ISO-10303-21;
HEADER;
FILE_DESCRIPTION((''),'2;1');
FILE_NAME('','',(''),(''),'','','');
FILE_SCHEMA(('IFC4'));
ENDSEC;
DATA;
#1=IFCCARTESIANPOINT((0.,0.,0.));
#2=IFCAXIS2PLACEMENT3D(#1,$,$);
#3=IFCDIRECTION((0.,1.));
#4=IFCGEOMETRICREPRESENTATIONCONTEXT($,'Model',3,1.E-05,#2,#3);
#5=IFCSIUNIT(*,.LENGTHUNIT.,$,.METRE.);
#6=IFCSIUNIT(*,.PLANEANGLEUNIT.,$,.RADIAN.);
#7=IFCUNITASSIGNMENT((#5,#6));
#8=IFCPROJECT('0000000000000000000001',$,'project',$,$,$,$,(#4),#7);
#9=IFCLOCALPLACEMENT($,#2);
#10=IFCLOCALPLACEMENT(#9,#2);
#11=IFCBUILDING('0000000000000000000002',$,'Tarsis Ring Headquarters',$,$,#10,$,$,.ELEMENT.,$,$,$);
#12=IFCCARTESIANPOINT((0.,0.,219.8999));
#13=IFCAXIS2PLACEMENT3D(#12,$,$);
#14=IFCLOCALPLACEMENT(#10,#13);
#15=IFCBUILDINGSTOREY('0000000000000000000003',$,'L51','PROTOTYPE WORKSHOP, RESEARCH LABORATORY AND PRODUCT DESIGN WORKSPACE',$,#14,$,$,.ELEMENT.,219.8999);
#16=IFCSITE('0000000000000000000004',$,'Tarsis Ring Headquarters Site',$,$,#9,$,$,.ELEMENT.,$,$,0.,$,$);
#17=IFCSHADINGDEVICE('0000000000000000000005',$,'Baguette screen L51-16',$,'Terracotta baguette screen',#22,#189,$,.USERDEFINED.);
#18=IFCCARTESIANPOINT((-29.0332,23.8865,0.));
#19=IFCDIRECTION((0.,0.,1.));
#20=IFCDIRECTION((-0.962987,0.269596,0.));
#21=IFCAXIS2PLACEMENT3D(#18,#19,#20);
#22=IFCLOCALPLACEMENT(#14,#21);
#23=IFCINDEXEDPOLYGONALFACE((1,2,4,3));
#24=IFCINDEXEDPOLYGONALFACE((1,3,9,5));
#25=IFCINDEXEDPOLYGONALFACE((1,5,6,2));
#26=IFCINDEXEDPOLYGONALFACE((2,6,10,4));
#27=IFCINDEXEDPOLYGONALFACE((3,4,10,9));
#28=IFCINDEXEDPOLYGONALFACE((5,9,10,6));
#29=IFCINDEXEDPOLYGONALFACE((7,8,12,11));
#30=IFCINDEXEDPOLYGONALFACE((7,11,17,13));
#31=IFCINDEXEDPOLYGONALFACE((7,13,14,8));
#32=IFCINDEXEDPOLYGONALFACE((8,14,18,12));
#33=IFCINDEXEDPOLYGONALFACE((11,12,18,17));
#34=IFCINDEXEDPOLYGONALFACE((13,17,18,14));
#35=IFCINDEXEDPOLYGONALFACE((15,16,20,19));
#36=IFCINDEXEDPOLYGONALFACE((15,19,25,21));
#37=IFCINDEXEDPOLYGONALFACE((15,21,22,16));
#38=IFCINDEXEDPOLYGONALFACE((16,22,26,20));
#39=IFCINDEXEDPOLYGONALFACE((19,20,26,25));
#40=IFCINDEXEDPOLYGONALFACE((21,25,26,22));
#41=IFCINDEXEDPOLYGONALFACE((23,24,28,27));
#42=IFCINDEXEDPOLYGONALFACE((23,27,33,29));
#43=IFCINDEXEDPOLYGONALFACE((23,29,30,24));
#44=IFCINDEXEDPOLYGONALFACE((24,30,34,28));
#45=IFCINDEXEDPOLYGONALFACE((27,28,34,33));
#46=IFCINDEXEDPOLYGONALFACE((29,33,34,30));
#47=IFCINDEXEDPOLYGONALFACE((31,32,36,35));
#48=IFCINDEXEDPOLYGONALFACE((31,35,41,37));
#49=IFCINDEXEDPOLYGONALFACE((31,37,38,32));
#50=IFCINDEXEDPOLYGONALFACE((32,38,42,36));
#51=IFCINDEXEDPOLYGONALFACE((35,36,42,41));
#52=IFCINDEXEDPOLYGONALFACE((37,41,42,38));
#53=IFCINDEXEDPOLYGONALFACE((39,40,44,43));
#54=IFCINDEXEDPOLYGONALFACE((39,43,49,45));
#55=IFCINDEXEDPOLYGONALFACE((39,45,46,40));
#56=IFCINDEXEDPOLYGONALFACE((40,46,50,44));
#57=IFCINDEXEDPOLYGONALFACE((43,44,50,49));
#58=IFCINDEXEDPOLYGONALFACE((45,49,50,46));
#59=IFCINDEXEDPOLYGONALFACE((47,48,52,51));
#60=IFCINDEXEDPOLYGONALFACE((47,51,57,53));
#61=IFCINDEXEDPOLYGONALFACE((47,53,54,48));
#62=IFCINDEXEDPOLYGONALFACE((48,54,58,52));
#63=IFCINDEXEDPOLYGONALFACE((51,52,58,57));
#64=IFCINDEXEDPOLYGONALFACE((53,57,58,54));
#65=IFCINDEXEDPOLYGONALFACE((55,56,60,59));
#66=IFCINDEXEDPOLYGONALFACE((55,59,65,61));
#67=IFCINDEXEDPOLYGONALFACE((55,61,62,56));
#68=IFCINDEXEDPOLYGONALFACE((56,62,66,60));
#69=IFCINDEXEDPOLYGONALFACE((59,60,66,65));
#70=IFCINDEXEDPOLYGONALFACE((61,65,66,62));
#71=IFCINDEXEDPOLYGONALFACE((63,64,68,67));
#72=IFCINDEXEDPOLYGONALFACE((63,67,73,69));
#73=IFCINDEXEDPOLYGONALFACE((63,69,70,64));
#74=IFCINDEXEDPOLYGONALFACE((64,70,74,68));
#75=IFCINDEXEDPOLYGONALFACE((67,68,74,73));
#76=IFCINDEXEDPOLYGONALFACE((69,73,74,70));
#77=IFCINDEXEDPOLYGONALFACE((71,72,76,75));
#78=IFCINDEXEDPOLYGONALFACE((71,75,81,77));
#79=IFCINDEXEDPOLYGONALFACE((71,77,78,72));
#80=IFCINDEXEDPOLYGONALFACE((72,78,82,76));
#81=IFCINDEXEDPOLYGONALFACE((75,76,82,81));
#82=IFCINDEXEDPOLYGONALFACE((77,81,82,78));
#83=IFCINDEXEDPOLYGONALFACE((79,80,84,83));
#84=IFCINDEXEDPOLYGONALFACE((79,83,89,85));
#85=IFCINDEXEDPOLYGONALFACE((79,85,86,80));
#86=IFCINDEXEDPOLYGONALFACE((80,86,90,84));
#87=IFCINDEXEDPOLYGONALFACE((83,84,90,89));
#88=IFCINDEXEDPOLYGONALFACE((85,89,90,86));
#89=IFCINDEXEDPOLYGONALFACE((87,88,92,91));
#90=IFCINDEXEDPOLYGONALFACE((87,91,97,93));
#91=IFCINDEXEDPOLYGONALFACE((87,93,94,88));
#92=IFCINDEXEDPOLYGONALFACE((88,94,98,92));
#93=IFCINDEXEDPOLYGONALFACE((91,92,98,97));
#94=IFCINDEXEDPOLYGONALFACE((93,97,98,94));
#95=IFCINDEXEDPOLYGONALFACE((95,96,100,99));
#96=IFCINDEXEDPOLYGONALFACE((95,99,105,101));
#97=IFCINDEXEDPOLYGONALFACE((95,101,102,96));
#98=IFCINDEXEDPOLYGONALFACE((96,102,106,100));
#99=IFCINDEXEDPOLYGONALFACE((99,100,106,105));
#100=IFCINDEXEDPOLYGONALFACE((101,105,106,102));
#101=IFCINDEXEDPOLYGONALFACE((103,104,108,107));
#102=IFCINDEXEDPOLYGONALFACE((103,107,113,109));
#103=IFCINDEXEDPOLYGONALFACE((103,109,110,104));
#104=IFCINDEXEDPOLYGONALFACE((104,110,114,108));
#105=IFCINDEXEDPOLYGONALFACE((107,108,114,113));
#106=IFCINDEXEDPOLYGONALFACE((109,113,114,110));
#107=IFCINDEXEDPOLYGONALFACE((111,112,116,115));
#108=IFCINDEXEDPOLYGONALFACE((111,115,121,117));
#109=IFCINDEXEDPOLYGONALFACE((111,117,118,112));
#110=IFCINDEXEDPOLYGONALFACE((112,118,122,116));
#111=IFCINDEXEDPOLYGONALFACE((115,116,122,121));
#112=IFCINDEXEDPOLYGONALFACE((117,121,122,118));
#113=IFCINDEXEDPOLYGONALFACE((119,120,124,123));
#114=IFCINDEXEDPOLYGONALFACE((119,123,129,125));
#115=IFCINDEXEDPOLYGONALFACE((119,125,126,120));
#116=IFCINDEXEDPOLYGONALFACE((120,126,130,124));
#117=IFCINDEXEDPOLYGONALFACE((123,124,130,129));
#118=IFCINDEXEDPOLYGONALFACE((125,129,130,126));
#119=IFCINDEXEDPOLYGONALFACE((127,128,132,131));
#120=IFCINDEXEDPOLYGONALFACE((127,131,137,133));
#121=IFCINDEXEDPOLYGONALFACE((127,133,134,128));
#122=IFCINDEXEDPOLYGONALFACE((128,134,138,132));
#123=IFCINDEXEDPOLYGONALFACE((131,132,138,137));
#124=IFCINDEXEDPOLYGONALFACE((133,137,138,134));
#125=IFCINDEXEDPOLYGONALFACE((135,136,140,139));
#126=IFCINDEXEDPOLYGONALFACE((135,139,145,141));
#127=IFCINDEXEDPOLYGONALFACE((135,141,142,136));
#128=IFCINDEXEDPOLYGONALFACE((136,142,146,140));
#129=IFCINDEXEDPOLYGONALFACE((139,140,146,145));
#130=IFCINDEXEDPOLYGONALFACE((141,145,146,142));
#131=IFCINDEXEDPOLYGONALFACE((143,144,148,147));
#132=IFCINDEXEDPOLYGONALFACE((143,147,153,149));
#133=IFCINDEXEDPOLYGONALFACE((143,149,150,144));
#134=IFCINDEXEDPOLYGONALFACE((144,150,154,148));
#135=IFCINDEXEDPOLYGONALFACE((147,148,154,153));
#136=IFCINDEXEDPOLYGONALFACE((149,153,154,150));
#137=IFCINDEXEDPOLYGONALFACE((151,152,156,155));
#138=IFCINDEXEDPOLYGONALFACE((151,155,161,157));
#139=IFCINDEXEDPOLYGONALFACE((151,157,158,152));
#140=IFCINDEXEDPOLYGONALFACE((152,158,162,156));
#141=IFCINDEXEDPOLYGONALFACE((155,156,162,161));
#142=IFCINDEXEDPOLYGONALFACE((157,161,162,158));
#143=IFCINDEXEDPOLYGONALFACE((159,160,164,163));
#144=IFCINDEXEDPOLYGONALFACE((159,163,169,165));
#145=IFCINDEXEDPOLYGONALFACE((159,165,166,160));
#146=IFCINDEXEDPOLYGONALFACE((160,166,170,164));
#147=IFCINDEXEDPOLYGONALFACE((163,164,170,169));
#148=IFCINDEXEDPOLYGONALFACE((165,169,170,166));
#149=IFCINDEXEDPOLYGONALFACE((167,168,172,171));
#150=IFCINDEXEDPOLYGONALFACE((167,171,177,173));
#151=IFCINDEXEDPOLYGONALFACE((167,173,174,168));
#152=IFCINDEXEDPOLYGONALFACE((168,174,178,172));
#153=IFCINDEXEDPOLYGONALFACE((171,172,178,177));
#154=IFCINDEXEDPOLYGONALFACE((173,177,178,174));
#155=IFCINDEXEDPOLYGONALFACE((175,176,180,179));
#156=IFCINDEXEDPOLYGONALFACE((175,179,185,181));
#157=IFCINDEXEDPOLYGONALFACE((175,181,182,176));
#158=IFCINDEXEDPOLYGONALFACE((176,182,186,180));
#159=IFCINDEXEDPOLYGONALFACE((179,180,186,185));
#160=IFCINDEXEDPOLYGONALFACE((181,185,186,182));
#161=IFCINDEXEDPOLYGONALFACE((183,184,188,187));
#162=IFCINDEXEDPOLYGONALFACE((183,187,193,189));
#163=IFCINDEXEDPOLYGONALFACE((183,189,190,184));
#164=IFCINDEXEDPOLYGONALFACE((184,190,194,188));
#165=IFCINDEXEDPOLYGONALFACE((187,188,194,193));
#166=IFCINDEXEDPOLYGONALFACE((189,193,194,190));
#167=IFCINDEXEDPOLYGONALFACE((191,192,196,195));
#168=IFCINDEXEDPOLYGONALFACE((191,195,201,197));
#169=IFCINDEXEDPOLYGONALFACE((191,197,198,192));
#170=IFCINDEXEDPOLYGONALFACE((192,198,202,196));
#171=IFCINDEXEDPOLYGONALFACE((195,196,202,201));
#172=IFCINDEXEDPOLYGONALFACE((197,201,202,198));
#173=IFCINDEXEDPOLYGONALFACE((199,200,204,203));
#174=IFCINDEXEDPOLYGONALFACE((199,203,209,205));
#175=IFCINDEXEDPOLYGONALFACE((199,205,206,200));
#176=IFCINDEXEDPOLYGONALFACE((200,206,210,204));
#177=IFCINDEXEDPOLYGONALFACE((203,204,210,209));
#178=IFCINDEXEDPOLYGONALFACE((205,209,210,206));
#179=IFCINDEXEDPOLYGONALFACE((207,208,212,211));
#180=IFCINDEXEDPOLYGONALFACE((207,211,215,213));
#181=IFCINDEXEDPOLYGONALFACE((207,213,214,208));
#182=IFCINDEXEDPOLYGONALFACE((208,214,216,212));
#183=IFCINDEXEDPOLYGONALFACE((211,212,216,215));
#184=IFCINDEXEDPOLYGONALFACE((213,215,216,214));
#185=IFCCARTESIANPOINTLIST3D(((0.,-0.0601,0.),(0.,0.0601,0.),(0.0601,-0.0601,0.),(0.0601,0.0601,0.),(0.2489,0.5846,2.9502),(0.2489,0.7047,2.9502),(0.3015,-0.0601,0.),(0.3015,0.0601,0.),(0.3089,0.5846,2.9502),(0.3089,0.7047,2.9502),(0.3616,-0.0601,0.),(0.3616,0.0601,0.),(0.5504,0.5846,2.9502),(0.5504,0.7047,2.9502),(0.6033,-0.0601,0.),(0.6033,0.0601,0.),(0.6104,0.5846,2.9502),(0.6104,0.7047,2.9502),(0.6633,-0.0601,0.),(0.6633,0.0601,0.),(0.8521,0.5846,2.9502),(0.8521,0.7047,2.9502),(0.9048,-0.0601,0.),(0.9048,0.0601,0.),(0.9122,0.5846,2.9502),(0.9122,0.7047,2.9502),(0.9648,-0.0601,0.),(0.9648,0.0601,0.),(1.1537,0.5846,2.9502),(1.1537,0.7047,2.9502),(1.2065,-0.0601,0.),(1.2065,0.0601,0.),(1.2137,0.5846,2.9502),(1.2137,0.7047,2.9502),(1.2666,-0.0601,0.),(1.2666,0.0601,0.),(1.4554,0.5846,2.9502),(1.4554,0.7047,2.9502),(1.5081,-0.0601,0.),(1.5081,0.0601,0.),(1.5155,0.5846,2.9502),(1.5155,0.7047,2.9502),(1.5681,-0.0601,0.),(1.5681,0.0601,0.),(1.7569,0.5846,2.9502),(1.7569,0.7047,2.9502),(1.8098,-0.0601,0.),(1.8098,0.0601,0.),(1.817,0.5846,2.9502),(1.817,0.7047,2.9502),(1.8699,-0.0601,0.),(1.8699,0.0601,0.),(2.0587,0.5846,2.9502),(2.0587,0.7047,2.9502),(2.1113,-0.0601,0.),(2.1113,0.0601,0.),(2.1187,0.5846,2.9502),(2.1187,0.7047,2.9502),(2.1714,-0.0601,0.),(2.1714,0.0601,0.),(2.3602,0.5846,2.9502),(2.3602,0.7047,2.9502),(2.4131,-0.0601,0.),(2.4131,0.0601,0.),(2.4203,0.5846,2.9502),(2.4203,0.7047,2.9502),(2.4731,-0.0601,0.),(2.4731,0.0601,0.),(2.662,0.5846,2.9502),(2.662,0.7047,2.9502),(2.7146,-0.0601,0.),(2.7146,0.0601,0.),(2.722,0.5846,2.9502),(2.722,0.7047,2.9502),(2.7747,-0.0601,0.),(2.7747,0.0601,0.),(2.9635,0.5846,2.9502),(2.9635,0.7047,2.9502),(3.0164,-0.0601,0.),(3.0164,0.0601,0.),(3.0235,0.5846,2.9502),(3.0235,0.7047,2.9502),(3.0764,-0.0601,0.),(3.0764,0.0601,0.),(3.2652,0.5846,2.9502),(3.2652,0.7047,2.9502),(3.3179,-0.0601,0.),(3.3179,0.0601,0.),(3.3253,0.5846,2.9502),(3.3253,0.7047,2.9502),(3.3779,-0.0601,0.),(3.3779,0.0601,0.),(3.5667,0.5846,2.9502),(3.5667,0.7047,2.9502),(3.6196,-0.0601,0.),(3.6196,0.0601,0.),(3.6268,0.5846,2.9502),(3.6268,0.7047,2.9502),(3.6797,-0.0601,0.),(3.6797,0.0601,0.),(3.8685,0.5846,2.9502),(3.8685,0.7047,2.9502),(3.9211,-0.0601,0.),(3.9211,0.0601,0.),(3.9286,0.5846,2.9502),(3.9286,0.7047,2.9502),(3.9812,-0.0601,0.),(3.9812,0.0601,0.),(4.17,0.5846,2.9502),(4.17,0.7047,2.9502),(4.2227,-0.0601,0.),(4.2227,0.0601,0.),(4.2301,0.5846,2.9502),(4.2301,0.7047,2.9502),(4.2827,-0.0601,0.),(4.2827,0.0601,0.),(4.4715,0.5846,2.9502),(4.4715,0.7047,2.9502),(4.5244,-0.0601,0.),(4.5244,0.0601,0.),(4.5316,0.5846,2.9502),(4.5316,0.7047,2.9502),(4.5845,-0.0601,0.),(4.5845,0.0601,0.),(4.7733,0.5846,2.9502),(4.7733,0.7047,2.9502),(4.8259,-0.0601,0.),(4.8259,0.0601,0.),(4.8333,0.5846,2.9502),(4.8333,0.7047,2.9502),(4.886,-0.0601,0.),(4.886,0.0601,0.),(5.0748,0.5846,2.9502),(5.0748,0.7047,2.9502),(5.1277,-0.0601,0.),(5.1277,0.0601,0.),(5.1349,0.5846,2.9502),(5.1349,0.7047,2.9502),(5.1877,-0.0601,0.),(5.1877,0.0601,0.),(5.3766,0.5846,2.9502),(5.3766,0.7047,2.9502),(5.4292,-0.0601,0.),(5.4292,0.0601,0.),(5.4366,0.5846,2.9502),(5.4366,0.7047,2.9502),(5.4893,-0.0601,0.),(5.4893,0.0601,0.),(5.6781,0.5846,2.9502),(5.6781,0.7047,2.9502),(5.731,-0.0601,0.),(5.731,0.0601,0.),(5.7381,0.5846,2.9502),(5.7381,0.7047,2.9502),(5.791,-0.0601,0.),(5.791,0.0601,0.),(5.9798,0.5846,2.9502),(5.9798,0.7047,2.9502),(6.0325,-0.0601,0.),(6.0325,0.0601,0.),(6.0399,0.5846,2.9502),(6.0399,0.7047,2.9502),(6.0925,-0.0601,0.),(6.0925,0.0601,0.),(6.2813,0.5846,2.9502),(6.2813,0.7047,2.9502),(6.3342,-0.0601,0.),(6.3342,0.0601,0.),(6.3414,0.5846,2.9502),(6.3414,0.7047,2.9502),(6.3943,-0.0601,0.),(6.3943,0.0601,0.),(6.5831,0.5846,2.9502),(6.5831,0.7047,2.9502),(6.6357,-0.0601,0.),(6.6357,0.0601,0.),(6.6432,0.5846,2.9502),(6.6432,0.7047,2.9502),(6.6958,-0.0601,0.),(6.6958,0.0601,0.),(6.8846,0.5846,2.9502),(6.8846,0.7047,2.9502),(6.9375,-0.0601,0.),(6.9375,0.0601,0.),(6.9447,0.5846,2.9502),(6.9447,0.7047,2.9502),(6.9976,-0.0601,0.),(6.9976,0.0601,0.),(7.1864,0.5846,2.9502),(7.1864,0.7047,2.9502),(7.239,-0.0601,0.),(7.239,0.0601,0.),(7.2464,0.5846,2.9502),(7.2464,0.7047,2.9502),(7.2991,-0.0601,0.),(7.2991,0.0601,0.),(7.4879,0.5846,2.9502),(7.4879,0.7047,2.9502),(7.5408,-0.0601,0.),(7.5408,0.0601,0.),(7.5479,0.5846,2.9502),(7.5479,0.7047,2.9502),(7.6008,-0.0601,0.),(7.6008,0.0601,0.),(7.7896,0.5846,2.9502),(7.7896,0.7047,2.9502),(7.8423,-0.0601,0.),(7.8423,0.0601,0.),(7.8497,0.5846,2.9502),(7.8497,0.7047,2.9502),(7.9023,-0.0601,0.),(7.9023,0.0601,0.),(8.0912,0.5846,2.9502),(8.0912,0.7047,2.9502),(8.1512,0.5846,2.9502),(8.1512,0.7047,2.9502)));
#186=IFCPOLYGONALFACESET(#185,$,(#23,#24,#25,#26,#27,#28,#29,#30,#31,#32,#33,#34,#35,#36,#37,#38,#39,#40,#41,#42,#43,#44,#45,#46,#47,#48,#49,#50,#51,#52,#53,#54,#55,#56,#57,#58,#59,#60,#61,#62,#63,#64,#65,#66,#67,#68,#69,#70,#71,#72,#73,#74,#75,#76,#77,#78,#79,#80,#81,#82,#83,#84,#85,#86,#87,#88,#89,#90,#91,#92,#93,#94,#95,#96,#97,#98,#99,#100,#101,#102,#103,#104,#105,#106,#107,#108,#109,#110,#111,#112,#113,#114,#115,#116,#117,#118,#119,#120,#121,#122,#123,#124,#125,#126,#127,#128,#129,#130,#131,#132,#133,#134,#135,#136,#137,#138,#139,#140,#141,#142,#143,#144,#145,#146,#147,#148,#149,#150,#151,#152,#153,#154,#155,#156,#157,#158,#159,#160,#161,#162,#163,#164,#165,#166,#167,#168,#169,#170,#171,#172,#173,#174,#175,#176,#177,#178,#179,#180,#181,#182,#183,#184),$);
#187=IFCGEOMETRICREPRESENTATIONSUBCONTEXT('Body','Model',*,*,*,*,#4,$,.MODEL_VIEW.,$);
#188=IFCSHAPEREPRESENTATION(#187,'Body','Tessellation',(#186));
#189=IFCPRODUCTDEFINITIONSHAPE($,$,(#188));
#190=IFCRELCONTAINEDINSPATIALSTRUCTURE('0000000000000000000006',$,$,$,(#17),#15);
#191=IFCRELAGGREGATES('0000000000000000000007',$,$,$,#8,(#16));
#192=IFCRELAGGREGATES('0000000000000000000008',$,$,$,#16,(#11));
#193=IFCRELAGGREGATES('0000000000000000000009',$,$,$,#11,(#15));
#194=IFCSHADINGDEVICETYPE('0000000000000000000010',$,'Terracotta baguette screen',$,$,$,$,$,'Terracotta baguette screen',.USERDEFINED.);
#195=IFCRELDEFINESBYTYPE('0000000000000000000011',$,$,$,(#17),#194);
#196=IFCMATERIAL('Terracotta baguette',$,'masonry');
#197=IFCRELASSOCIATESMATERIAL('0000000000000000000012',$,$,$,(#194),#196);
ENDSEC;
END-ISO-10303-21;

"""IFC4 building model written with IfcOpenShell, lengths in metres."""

from ifc_helpers import new_model, si_unit, direction, frame, frame_2d, origin, place, context, subcontext, project, spatial, rectangle, composite_profile, extrude, material, type_object, element, save


model = new_model("IFC4")

# Units and contexts
model_context = context("Model", 3, precision=1e-05, world=origin(), true_north=direction((0.0, 1.0)))
body_context = subcontext(model_context, "Body", "Model", "MODEL_VIEW")
ifc_project = project(units=[si_unit("LENGTHUNIT", "METRE"), si_unit("PLANEANGLEUNIT", "RADIAN")], contexts=[model_context])

# Site, building, storey
site_placement = place(None, origin())
site = spatial("IfcSite", under=ifc_project, at=site_placement, Name="Tarsis Ring Headquarters Site", CompositionType="ELEMENT", RefElevation=0.0)
building_placement = place(site_placement, origin())
building = spatial("IfcBuilding", under=site, at=building_placement, Name="Tarsis Ring Headquarters", CompositionType="ELEMENT")
storey_placement = place(building_placement, frame((0.0, 0.0, 219.8999)))
storey = spatial("IfcBuildingStorey", under=building, at=storey_placement, Name="L51", Description="PROTOTYPE WORKSHOP, RESEARCH LABORATORY AND PRODUCT DESIGN WORKSPACE", CompositionType="ELEMENT", Elevation=219.8999)

# Shading device
ifc_material_1 = material(Name="Terracotta baguette", Category="masonry")
shading_device_type = type_object("IfcShadingDeviceType", Name="Terracotta baguette screen", ElementType="Terracotta baguette screen", PredefinedType="USERDEFINED", material=ifc_material_1)
shading_device_1_placement = place(storey_placement, frame((-29.0332, 23.8865, 0.0), z_axis=(0.0, 0.0, 1.0), x_axis=(-0.962987, 0.269596, 0.0)))
element("IfcShadingDevice", 1, at=shading_device_1_placement, inside=storey, type_object=shading_device_type, Name="Baguette screen L51-16", ObjectType="Terracotta baguette screen", PredefinedType="USERDEFINED", context=body_context, shape_type="SweptSolid", body=[
    extrude(composite_profile([rectangle(XDim=0.0601, YDim=0.1201, at=frame_2d((0.03, 0.0))), rectangle(XDim=0.0601, YDim=0.1201, at=frame_2d((0.3315, 0.0))), rectangle(XDim=0.0601, YDim=0.1201, at=frame_2d((0.6333, 0.0))), rectangle(XDim=0.0601, YDim=0.1201, at=frame_2d((0.9348, 0.0))), rectangle(XDim=0.0601, YDim=0.1201, at=frame_2d((1.2366, 0.0))), rectangle(XDim=0.0601, YDim=0.1201, at=frame_2d((1.5381, 0.0))), rectangle(XDim=0.0601, YDim=0.1201, at=frame_2d((1.8398, 0.0))), rectangle(XDim=0.0601, YDim=0.1201, at=frame_2d((2.1414, 0.0))), rectangle(XDim=0.0601, YDim=0.1201, at=frame_2d((2.4431, 0.0))), rectangle(XDim=0.0601, YDim=0.1201, at=frame_2d((2.7446, 0.0))), rectangle(XDim=0.0601, YDim=0.1201, at=frame_2d((3.0464, 0.0))), rectangle(XDim=0.0601, YDim=0.1201, at=frame_2d((3.3479, 0.0))), rectangle(XDim=0.0601, YDim=0.1201, at=frame_2d((3.6497, 0.0))), rectangle(XDim=0.0601, YDim=0.1201, at=frame_2d((3.9512, 0.0))), rectangle(XDim=0.0601, YDim=0.1201, at=frame_2d((4.2527, 0.0))), rectangle(XDim=0.0601, YDim=0.1201, at=frame_2d((4.5544, 0.0))), rectangle(XDim=0.0601, YDim=0.1201, at=frame_2d((4.856, 0.0))), rectangle(XDim=0.0601, YDim=0.1201, at=frame_2d((5.1577, 0.0))), rectangle(XDim=0.0601, YDim=0.1201, at=frame_2d((5.4592, 0.0))), rectangle(XDim=0.0601, YDim=0.1201, at=frame_2d((5.761, 0.0))), rectangle(XDim=0.0601, YDim=0.1201, at=frame_2d((6.0625, 0.0))), rectangle(XDim=0.0601, YDim=0.1201, at=frame_2d((6.3643, 0.0))), rectangle(XDim=0.0601, YDim=0.1201, at=frame_2d((6.6658, 0.0))), rectangle(XDim=0.0601, YDim=0.1201, at=frame_2d((6.9675, 0.0))), rectangle(XDim=0.0601, YDim=0.1201, at=frame_2d((7.269, 0.0))), rectangle(XDim=0.0601, YDim=0.1201, at=frame_2d((7.5708, 0.0))), rectangle(XDim=0.0601, YDim=0.1201, at=frame_2d((7.8723, 0.0)))]), origin(), (0.082134, 0.212753, 0.973648), 3.03),
])

save(model, "model.ifc")
